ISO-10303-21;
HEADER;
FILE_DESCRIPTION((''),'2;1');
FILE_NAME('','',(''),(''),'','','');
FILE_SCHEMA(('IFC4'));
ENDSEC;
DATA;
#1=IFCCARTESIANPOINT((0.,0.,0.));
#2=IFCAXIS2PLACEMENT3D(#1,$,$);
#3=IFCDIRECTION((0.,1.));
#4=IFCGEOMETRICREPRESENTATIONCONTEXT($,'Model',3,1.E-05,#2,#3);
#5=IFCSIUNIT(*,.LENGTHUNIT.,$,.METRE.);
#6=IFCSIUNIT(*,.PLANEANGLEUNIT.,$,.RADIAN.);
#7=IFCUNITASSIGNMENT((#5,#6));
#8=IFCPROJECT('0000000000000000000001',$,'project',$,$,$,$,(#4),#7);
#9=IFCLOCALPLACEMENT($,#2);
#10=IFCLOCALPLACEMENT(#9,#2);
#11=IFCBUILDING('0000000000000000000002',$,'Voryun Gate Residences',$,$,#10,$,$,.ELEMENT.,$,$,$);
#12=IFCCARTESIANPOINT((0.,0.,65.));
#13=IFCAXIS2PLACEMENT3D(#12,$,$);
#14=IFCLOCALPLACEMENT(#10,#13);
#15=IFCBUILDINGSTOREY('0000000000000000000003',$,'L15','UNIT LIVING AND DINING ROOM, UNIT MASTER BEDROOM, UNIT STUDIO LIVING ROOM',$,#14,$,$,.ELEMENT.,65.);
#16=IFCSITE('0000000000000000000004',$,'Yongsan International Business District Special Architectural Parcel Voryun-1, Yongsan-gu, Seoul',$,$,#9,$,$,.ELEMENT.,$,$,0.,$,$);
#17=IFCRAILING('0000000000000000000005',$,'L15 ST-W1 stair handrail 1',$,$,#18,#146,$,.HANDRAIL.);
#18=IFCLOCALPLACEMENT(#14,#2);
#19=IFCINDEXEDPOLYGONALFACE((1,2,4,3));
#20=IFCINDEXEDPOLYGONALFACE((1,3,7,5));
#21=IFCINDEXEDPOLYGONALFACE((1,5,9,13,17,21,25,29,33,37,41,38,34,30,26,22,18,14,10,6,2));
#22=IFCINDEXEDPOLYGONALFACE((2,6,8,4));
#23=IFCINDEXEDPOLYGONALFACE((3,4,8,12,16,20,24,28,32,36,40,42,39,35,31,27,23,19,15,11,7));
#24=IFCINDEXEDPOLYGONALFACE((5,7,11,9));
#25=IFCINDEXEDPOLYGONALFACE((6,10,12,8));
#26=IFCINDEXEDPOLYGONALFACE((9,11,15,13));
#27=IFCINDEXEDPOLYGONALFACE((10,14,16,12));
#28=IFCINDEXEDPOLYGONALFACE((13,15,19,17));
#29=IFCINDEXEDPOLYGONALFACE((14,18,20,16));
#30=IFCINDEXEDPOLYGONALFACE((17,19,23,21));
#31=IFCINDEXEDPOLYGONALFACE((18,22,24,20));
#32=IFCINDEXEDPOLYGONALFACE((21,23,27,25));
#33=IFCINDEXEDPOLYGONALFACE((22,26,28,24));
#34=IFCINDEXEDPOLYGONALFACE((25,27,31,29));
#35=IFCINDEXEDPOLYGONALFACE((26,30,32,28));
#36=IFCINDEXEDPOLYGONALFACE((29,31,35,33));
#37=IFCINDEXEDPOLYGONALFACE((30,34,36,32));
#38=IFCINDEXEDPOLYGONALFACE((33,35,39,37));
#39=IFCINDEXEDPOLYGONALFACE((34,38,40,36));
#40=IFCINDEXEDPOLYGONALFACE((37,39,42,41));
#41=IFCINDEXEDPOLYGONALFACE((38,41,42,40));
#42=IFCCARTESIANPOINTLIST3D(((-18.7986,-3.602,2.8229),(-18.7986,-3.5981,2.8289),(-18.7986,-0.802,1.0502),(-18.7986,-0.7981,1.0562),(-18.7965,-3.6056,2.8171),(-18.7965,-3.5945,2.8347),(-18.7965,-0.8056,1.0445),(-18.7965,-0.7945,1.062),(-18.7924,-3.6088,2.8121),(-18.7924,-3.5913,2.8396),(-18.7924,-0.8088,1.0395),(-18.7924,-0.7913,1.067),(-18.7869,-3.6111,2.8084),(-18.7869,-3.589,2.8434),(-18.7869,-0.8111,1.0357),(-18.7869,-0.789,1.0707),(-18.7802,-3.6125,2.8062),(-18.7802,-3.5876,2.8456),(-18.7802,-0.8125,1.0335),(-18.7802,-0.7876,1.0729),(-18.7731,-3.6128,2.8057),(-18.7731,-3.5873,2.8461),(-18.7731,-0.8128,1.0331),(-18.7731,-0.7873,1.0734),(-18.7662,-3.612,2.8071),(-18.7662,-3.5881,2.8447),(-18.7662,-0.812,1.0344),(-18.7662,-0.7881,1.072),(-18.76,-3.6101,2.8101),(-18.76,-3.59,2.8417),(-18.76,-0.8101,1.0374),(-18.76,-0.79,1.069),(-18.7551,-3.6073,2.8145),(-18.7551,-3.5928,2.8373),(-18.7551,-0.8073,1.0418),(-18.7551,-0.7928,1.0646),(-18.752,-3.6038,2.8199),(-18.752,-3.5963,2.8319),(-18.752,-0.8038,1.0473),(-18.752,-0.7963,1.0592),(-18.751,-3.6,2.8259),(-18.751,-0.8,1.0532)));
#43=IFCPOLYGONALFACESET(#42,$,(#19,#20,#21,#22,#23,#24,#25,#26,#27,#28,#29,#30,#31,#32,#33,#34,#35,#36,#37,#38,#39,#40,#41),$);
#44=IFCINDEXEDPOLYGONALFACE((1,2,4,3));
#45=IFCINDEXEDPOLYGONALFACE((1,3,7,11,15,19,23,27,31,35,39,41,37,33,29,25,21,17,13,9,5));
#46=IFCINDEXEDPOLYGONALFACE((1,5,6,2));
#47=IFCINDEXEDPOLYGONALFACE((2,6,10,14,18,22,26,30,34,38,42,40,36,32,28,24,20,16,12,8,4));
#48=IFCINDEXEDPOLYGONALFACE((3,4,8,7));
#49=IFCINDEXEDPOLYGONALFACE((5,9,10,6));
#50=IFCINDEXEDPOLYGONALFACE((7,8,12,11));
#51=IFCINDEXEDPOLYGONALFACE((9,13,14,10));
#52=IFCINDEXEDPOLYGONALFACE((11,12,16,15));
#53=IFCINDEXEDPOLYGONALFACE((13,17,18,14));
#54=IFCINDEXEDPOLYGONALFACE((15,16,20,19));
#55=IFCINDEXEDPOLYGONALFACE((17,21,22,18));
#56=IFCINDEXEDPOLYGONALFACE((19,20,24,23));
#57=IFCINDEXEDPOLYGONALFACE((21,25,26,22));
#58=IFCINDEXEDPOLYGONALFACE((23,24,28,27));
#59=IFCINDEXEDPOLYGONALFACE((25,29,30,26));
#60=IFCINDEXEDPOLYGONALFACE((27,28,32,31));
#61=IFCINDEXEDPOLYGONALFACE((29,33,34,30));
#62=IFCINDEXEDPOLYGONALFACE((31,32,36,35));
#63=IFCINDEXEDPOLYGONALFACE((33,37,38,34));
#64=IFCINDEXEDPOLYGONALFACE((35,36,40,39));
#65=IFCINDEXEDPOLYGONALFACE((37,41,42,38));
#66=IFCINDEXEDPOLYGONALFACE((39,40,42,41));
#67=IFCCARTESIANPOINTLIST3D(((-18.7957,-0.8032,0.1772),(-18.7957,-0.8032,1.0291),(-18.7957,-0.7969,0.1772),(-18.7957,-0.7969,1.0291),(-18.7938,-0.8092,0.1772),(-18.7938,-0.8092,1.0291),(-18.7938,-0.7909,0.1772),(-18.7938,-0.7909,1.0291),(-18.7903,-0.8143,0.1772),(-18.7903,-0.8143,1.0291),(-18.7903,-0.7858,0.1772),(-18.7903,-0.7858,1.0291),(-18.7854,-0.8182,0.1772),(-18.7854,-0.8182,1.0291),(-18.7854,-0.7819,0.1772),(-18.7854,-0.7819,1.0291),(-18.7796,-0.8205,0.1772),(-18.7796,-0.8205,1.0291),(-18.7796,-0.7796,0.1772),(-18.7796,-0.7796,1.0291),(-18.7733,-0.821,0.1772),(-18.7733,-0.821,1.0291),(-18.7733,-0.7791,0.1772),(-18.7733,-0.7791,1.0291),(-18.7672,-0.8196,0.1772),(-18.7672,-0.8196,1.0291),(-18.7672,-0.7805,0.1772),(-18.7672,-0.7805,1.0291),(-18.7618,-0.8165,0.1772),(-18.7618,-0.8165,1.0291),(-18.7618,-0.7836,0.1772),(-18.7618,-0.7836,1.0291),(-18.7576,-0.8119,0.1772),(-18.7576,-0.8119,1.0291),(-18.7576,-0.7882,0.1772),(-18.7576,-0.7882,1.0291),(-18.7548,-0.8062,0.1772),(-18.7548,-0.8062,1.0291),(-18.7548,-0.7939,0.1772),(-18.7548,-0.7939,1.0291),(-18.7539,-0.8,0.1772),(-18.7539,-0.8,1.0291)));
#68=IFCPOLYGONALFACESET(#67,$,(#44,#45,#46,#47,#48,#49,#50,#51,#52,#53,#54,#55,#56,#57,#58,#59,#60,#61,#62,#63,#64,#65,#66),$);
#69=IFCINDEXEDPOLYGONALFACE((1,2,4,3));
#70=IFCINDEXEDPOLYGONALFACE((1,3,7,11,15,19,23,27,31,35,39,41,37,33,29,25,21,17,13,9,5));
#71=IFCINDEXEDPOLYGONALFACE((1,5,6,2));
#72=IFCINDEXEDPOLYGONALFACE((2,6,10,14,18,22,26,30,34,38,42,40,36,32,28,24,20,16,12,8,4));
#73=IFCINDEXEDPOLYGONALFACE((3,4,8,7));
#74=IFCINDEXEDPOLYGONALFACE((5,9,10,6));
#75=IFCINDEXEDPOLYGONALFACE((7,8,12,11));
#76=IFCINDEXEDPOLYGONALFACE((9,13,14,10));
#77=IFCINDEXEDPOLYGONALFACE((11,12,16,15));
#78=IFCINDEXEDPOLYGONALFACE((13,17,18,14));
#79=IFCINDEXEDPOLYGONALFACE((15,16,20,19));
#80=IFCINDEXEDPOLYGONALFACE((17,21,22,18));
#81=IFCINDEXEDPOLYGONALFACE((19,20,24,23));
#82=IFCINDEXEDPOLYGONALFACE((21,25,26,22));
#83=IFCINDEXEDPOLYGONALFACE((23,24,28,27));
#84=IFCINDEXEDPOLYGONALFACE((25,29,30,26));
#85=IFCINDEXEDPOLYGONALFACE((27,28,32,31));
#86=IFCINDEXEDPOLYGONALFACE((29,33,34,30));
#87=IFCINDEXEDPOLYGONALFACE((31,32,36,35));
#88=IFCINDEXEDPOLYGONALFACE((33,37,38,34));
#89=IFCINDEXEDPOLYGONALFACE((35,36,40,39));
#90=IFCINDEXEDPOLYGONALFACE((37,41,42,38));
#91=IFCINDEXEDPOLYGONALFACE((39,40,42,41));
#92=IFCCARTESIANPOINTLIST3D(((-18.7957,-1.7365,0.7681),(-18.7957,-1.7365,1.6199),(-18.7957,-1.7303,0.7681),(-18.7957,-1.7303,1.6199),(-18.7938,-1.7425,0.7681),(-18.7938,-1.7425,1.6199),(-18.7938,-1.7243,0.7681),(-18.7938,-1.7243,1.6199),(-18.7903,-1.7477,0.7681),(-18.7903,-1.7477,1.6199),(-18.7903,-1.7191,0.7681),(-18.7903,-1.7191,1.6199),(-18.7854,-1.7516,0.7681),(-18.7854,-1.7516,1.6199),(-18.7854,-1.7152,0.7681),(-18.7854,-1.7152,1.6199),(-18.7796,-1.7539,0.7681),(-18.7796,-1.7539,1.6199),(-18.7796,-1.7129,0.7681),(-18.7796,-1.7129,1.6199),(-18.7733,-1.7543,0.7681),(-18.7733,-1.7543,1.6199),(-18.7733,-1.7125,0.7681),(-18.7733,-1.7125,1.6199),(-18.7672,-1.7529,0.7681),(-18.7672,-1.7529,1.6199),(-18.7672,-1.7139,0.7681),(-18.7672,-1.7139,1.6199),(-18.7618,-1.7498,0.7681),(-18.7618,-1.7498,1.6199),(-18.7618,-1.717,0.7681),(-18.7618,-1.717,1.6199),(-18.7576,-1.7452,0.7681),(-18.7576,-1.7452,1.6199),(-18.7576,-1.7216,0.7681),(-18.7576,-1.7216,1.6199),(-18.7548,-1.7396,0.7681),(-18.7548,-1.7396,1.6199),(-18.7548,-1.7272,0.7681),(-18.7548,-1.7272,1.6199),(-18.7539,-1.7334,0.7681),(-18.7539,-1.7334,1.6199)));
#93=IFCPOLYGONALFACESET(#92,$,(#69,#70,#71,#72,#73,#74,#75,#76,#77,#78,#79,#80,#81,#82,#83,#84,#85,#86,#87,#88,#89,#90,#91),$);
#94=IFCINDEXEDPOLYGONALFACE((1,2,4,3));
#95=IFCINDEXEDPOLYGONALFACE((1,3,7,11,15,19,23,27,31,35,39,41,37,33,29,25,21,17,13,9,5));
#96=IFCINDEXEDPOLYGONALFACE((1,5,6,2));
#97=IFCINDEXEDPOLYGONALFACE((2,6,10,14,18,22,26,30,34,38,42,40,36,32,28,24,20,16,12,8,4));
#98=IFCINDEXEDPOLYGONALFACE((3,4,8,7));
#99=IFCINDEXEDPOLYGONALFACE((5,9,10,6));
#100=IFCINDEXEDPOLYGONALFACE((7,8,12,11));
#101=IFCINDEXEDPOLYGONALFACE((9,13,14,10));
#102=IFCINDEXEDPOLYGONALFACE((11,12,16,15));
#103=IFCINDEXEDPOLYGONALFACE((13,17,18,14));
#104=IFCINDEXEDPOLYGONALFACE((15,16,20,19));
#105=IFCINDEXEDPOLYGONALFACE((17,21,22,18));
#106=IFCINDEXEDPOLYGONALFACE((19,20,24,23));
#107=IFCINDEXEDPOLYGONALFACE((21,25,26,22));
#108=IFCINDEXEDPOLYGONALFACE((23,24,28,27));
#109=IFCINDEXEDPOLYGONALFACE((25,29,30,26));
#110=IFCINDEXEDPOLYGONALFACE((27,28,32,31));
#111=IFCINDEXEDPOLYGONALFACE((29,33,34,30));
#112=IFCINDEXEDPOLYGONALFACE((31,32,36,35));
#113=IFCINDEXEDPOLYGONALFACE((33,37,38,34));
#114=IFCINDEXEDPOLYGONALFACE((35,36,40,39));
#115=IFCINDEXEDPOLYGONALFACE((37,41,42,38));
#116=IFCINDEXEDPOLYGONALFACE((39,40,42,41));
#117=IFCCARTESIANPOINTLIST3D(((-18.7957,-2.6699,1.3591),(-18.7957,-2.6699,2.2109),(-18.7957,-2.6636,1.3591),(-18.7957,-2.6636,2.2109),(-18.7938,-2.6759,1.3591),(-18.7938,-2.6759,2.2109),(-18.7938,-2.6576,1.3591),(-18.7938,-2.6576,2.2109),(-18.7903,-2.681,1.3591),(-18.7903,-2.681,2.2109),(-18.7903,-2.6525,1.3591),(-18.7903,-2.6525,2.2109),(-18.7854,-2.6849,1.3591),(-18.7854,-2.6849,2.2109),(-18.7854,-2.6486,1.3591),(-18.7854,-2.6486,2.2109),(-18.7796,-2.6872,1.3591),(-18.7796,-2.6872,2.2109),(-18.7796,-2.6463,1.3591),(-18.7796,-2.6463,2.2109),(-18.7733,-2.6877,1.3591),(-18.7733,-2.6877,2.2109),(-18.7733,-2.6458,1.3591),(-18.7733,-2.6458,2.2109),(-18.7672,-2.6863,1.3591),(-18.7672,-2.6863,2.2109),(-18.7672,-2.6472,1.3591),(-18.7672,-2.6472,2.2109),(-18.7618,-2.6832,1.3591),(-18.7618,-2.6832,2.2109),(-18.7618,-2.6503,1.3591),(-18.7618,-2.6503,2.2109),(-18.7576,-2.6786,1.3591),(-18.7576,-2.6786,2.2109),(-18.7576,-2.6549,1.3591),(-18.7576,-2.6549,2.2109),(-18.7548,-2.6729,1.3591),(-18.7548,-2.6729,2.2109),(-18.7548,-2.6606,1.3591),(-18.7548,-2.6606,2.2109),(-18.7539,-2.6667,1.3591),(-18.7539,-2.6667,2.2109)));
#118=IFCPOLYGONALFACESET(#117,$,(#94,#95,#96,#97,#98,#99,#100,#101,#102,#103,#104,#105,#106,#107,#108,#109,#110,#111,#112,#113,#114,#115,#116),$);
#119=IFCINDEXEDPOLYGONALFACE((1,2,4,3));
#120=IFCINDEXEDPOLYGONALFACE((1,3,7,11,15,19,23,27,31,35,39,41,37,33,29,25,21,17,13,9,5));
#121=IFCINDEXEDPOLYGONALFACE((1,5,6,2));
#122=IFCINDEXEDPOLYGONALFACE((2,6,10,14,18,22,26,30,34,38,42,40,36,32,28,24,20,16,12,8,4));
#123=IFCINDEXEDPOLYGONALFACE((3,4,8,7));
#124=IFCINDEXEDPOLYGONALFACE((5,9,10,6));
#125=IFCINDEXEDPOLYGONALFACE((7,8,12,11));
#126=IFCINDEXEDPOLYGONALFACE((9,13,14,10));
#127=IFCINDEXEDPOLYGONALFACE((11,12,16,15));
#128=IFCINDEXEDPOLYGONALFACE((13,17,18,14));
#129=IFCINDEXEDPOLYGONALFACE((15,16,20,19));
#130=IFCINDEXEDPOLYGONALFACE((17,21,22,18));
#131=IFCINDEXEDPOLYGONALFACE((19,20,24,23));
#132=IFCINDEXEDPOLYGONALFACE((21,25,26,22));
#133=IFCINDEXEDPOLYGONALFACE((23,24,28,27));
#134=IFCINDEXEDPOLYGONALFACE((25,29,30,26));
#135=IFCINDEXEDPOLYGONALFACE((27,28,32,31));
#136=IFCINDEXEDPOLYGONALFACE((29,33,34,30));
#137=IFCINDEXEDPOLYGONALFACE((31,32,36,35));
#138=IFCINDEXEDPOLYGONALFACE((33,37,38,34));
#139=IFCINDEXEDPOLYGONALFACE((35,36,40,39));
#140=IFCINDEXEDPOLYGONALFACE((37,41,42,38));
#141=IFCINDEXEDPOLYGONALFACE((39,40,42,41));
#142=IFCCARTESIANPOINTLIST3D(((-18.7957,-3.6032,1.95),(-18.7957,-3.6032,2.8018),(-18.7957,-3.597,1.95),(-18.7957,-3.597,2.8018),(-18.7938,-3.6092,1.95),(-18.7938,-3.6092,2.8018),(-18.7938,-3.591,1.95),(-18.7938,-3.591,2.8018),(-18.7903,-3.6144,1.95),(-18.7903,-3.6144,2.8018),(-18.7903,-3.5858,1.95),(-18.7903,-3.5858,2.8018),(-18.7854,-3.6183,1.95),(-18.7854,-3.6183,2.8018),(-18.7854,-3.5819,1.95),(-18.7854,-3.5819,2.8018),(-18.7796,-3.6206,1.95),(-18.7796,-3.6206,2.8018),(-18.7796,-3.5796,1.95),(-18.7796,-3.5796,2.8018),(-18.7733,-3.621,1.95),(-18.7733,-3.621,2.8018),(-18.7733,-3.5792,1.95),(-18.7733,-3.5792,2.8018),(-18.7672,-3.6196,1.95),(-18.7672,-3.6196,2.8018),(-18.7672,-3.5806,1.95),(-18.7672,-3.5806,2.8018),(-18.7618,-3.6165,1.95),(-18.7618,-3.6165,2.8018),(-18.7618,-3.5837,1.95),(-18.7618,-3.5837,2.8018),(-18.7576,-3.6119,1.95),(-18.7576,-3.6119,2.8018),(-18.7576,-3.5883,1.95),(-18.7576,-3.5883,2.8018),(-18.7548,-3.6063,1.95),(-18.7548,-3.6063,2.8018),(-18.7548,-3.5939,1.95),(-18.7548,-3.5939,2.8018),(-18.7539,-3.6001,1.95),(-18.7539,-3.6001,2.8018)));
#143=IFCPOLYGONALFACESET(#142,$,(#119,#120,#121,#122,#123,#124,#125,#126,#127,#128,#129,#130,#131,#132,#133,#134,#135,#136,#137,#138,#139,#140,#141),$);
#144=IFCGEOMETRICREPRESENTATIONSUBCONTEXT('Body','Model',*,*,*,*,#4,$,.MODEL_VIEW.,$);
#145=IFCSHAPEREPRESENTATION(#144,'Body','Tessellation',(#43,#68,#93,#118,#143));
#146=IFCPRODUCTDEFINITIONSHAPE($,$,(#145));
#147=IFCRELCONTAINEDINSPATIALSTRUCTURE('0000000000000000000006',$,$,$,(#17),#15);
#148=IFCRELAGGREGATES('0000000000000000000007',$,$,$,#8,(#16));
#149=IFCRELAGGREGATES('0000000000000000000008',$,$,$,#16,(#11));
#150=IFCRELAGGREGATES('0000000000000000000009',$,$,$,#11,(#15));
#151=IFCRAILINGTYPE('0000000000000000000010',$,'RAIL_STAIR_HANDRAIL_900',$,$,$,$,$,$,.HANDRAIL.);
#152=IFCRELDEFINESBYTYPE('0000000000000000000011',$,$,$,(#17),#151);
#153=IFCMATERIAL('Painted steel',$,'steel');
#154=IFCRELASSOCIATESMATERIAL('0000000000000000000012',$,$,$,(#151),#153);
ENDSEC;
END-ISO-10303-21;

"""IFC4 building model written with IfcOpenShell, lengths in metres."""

from ifc_helpers import new_model, si_unit, direction, frame, origin, origin_2d, place, context, subcontext, project, spatial, circle, extrude, material, type_object, element, save


model = new_model("IFC4")

# Units and contexts
model_context = context("Model", 3, precision=1e-05, world=origin(), true_north=direction((0.0, 1.0)))
body_context = subcontext(model_context, "Body", "Model", "MODEL_VIEW")
ifc_project = project(units=[si_unit("LENGTHUNIT", "METRE"), si_unit("PLANEANGLEUNIT", "RADIAN")], contexts=[model_context])

# Site, building, storey
site_placement = place(None, origin())
site = spatial("IfcSite", under=ifc_project, at=site_placement, Name="Yongsan International Business District Special Architectural Parcel Voryun-1, Yongsan-gu, Seoul", CompositionType="ELEMENT", RefElevation=0.0)
building_placement = place(site_placement, origin())
building = spatial("IfcBuilding", under=site, at=building_placement, Name="Voryun Gate Residences", CompositionType="ELEMENT")
storey_placement = place(building_placement, frame((0.0, 0.0, 65.0)))
storey = spatial("IfcBuildingStorey", under=building, at=storey_placement, Name="L15", Description="UNIT LIVING AND DINING ROOM, UNIT MASTER BEDROOM, UNIT STUDIO LIVING ROOM", CompositionType="ELEMENT", Elevation=65.0)

# Railing
ifc_material_1 = material(Name="Painted steel", Category="steel")
railing_type_1 = type_object("IfcRailingType", Name="RAIL_STAIR_HANDRAIL_900", PredefinedType="HANDRAIL", material=ifc_material_1)
railing_1_placement = place(storey_placement, frame((-18.7749, -0.8, 0.1772)))
element("IfcRailing", 1, at=railing_1_placement, inside=storey, type_object=railing_type_1, Name="L15 ST-W1 stair handrail 1", PredefinedType="HANDRAIL", context=body_context, shape_type="SweptSolid", body=[
    extrude(circle(Radius=0.0239, at=origin_2d()), frame((0.0, 0.0, 0.876), z_axis=(0.0, -0.844909, 0.53491), x_axis=(1.0, 0.0, 0.0)), (0.0, 0.0, 1.0), 3.314),
    extrude(circle(Radius=0.021, at=origin_2d()), origin(), (0.0, 0.0, 1.0), 0.8518),
    extrude(circle(Radius=0.021, at=origin_2d()), frame((0.0, -0.9333, 0.5908)), (0.0, 0.0, 1.0), 0.8518),
    extrude(circle(Radius=0.021, at=origin_2d()), frame((0.0, -1.8667, 1.1819)), (0.0, 0.0, 1.0), 0.8518),
    extrude(circle(Radius=0.021, at=origin_2d()), frame((0.0, -2.8, 1.7727)), (0.0, 0.0, 1.0), 0.8518),
])

save(model, "model.ifc")
